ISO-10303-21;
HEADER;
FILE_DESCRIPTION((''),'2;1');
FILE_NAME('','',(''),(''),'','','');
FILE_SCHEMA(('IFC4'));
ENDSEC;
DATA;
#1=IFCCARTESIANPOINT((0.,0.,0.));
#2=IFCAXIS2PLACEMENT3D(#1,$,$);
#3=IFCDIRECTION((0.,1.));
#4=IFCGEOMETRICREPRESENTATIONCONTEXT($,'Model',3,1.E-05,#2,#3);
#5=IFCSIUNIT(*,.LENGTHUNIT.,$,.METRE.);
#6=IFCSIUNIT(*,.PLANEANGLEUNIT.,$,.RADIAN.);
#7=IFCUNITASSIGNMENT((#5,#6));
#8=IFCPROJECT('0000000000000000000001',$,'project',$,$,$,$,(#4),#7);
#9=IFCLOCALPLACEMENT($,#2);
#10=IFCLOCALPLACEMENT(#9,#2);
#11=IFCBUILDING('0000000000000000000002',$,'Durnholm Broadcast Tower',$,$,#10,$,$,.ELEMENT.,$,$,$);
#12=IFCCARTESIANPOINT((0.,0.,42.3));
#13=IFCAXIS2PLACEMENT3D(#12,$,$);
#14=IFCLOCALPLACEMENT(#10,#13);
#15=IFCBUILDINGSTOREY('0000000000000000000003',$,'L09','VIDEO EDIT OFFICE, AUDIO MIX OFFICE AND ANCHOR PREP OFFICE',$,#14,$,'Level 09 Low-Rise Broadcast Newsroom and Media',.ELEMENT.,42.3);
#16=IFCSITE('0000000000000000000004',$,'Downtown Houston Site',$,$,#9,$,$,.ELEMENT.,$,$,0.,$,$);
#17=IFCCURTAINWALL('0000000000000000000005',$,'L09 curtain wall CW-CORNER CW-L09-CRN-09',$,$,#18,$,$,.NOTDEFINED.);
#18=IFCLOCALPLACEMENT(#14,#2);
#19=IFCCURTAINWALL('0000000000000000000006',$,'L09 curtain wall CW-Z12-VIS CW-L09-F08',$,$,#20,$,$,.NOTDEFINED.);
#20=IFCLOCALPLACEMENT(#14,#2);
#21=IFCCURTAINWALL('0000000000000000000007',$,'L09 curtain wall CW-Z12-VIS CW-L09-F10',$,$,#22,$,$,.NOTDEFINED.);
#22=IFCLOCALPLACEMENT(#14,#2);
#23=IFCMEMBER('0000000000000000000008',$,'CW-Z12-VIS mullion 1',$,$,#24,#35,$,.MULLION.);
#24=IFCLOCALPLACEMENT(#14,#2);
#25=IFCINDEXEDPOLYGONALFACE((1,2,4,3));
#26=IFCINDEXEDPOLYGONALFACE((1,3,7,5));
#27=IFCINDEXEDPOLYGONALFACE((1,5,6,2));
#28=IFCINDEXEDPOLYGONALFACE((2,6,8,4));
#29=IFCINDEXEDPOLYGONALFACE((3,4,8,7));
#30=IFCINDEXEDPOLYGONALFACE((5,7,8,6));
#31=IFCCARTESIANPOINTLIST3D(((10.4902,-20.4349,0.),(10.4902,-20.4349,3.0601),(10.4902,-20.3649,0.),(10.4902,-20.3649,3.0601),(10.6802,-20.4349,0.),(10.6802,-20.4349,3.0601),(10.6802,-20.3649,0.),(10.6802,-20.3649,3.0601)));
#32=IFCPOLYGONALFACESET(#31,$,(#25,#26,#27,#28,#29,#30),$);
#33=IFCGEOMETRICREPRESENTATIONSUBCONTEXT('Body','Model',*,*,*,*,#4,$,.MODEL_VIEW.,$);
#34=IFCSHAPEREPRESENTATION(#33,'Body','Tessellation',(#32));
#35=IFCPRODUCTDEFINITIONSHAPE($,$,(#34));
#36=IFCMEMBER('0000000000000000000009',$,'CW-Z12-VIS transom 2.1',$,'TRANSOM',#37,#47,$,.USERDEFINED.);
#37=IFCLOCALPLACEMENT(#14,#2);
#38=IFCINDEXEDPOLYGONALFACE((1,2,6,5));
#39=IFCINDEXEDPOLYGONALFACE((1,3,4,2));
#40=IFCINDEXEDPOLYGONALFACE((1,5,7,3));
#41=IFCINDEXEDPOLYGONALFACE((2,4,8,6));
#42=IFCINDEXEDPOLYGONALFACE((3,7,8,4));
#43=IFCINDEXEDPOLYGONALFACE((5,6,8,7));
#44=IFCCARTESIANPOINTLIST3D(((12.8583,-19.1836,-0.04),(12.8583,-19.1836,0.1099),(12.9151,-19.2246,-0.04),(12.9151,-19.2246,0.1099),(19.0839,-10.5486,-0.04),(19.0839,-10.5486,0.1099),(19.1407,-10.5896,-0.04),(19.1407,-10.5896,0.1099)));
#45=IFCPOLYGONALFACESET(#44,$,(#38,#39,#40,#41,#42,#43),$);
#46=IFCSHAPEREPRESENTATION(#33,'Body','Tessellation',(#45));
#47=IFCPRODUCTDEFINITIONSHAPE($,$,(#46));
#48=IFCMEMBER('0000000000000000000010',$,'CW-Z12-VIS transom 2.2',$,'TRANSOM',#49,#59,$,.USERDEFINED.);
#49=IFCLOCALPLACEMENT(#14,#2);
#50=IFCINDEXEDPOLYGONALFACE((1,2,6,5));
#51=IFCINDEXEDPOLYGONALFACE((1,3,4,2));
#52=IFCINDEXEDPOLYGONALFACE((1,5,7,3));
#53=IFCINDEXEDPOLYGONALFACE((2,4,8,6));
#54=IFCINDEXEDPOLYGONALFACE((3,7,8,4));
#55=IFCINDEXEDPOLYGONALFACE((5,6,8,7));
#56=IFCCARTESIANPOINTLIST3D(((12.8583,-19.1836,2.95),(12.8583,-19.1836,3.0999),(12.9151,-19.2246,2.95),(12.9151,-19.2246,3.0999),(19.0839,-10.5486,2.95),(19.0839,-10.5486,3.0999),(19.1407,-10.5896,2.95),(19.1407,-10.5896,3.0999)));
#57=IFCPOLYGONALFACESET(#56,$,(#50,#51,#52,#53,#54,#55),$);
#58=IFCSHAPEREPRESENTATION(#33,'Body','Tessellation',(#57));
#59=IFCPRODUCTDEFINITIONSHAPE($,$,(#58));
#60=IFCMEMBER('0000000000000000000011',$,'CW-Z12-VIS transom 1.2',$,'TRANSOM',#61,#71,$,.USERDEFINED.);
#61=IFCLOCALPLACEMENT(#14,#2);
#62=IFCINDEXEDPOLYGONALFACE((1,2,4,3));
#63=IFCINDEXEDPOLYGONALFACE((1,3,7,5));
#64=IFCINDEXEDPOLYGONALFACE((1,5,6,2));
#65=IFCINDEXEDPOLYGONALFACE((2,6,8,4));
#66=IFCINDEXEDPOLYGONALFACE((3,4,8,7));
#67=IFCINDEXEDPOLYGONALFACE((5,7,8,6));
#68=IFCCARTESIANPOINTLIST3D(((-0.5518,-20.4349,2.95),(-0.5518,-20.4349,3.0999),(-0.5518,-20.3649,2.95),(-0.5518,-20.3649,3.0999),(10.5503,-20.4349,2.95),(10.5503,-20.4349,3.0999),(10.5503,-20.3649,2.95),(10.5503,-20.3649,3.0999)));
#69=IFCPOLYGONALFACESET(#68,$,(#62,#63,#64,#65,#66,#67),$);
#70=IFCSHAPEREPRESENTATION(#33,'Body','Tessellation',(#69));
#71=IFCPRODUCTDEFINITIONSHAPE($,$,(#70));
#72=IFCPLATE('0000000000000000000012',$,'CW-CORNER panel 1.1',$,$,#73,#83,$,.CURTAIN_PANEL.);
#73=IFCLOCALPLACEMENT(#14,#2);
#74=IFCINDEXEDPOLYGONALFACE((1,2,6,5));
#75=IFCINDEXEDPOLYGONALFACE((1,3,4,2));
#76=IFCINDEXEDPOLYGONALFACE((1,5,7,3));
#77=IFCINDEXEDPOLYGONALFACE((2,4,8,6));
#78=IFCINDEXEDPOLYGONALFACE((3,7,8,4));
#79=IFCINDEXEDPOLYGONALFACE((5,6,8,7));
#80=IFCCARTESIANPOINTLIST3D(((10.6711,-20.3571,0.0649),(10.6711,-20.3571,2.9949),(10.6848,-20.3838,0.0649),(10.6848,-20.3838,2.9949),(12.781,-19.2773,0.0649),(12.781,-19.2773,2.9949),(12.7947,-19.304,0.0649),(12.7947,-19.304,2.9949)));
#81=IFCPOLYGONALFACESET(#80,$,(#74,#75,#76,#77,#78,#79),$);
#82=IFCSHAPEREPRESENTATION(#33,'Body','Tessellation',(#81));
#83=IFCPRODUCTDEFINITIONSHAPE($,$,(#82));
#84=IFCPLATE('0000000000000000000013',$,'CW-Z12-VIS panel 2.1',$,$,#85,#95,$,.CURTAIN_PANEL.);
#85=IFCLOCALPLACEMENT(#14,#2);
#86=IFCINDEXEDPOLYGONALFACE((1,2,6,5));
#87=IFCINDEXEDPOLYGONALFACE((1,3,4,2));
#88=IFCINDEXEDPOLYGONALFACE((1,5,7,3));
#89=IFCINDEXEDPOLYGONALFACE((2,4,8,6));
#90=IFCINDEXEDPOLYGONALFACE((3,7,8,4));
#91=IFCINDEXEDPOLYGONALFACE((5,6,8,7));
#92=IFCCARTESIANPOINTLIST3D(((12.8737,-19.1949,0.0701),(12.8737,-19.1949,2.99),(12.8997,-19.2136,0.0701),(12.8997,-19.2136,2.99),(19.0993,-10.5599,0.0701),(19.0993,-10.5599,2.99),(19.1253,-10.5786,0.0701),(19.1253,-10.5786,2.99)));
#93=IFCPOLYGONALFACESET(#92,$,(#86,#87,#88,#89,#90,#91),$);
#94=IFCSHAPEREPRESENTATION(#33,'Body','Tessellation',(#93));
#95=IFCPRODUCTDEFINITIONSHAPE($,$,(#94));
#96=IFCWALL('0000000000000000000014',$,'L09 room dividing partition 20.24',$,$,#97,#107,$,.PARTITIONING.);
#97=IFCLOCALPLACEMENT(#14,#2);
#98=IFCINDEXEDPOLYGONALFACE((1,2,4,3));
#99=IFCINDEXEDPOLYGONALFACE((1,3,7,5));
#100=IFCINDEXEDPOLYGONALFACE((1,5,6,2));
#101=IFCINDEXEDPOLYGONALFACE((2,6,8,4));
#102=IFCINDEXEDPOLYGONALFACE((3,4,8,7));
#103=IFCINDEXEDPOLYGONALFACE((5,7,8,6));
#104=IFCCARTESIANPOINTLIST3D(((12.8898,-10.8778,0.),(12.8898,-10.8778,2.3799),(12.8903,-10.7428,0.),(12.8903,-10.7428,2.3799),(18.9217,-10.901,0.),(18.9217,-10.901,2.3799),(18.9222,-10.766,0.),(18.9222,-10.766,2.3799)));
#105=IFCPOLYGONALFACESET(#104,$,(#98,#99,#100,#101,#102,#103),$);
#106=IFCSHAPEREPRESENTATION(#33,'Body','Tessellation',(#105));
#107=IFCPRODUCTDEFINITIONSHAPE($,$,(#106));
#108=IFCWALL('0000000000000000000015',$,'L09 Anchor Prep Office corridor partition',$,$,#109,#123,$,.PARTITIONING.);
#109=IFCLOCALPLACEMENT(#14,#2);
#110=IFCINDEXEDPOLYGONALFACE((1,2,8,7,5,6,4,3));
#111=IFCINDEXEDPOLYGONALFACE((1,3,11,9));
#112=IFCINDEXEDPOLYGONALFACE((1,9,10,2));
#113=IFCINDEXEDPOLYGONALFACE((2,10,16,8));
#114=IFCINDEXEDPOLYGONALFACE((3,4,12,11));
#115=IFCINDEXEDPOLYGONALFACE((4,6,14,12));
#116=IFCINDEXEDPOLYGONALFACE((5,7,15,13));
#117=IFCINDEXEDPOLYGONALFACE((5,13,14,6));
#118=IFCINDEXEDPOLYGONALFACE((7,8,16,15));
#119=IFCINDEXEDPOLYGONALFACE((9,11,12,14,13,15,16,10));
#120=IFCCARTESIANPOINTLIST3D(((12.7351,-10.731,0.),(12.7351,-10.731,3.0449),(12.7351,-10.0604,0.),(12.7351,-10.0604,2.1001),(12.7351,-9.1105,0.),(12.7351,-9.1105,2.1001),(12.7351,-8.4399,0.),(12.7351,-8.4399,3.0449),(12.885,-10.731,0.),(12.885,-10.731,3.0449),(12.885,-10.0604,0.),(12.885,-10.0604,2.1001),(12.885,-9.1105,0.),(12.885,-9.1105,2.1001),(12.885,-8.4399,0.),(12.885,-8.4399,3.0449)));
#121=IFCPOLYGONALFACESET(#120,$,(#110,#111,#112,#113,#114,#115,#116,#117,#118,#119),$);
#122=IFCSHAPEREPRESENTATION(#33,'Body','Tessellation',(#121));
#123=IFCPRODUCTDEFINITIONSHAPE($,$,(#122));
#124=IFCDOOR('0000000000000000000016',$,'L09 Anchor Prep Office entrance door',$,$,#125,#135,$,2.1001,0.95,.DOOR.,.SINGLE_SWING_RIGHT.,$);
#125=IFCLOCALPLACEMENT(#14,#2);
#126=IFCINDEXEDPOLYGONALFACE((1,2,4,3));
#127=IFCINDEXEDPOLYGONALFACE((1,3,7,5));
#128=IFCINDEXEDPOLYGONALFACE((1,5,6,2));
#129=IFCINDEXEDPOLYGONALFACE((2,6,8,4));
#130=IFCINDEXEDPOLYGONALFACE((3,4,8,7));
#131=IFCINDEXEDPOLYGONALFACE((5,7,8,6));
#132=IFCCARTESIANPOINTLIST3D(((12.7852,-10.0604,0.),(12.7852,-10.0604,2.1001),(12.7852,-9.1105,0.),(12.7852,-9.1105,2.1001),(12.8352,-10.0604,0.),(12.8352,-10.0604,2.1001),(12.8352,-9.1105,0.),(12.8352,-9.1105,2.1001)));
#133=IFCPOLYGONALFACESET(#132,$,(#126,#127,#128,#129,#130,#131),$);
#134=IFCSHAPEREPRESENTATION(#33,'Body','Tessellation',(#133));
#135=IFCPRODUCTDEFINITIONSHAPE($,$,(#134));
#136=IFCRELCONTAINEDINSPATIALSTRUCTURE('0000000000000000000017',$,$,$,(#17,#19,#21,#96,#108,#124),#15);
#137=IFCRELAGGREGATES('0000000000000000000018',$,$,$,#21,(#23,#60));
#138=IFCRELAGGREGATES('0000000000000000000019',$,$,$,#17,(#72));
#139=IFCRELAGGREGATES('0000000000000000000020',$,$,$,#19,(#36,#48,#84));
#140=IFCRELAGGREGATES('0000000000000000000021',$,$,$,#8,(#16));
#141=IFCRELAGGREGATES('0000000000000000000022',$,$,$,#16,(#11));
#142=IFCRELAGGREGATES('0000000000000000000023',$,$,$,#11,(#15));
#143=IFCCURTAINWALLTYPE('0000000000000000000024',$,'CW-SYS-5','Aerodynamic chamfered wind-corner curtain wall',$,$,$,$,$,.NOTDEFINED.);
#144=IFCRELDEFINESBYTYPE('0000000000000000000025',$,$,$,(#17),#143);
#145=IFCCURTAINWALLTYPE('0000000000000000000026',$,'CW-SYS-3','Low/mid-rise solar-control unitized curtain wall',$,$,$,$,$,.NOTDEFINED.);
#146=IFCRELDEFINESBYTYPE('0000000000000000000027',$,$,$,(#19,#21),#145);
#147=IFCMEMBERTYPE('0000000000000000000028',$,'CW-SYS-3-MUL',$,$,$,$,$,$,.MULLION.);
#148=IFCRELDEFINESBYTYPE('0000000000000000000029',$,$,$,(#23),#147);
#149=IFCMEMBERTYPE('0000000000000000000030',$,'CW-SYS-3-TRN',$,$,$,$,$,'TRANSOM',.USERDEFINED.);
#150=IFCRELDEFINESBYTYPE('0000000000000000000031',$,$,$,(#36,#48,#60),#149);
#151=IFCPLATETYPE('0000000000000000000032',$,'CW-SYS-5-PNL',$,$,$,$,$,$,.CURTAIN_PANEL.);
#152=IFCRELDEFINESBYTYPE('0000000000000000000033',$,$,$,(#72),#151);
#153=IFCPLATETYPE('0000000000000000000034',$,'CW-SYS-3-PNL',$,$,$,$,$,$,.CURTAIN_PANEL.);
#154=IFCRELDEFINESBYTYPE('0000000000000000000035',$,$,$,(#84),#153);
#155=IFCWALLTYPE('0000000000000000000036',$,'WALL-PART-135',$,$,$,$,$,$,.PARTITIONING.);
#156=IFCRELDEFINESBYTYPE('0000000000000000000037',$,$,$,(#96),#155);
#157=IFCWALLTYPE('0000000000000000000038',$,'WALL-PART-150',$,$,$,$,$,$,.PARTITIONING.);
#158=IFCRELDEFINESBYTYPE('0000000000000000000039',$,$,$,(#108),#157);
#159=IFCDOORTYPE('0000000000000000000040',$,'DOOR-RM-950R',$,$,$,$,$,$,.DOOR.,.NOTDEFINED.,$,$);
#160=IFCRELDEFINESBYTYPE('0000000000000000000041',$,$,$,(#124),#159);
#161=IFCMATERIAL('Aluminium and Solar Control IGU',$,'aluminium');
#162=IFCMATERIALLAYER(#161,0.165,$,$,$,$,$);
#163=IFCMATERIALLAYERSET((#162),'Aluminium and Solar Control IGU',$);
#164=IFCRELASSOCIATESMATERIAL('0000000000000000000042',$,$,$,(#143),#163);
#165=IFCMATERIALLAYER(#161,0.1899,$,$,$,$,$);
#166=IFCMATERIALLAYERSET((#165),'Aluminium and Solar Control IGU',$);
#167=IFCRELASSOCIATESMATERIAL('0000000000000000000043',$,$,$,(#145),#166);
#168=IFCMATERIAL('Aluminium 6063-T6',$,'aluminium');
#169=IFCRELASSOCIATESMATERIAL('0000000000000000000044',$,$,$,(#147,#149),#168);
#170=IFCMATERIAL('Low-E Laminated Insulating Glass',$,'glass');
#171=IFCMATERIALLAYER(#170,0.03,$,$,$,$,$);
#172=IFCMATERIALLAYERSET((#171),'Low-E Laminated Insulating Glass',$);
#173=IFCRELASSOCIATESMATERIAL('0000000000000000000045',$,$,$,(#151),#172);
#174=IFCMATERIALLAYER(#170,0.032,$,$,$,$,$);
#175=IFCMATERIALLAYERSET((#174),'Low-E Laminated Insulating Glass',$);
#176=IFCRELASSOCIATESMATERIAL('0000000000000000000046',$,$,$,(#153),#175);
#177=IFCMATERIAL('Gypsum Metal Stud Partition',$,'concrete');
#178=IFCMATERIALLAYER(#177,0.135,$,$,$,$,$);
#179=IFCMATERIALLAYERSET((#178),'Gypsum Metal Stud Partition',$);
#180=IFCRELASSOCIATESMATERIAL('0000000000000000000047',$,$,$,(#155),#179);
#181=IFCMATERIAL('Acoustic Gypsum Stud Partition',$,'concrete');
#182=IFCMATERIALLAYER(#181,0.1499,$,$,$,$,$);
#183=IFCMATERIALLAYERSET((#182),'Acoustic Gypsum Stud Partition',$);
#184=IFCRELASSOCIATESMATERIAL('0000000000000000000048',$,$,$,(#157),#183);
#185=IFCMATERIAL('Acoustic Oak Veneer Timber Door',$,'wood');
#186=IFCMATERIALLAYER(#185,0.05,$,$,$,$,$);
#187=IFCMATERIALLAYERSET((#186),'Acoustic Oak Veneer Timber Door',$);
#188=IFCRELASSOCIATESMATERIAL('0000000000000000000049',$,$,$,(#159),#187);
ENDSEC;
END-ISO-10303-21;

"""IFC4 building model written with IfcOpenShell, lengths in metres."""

from ifc_helpers import new_model, si_unit, direction, frame, frame_2d, origin, origin_2d, place, context, subcontext, project, spatial, rectangle, extrude, source, transform, mapped, material, layer, layer_set, material_profile, profile_set, type_object, type_shapes, element, fill, aggregate, save


model = new_model("IFC4")

# Units and contexts
model_context = context("Model", 3, precision=1e-05, world=origin(), true_north=direction((0.0, 1.0)))
body_context = subcontext(model_context, "Body", "Model", "MODEL_VIEW")
ifc_project = project(units=[si_unit("LENGTHUNIT", "METRE"), si_unit("PLANEANGLEUNIT", "RADIAN")], contexts=[model_context])

# Site, building, storey
site_placement = place(None, origin())
site = spatial("IfcSite", under=ifc_project, at=site_placement, Name="Downtown Houston Site", CompositionType="ELEMENT", RefElevation=0.0)
building_placement = place(site_placement, origin())
building = spatial("IfcBuilding", under=site, at=building_placement, Name="Durnholm Broadcast Tower", CompositionType="ELEMENT")
storey_placement = place(building_placement, frame((0.0, 0.0, 42.3)))
storey = spatial("IfcBuildingStorey", under=building, at=storey_placement, Name="L09", Description="VIDEO EDIT OFFICE, AUDIO MIX OFFICE AND ANCHOR PREP OFFICE", LongName="Level 09 Low-Rise Broadcast Newsroom and Media", CompositionType="ELEMENT", Elevation=42.3)

# Curtain walls
ifc_material_1 = material(Name="Aluminium and Solar Control IGU", Category="aluminium")
ifc_layer_1 = layer(ifc_material_1, 0.165)
ifc_layer_set_1 = layer_set([ifc_layer_1], Name="Aluminium and Solar Control IGU")
curtain_wall_type_1 = type_object("IfcCurtainWallType", Name="CW-SYS-5", Description="Aerodynamic chamfered wind-corner curtain wall", PredefinedType="NOTDEFINED", material=ifc_layer_set_1)
curtain_wall_1_placement = place(storey_placement, origin())
curtain_wall_1 = element("IfcCurtainWall", 1, at=curtain_wall_1_placement, inside=storey, type_object=curtain_wall_type_1, Name="L09 curtain wall CW-CORNER CW-L09-CRN-09", PredefinedType="NOTDEFINED")
ifc_material_2 = material(Name="Aluminium 6063-T6", Category="aluminium")
ifc_layer_2 = layer(ifc_material_1, 0.1899)
ifc_layer_set_2 = layer_set([ifc_layer_2], Name="Aluminium and Solar Control IGU")
curtain_wall_type_2 = type_object("IfcCurtainWallType", Name="CW-SYS-3", Description="Low/mid-rise solar-control unitized curtain wall", PredefinedType="NOTDEFINED", material=ifc_layer_set_2)
curtain_wall_2_placement = place(storey_placement, origin())
curtain_wall_2 = element("IfcCurtainWall", 2, at=curtain_wall_2_placement, inside=storey, type_object=curtain_wall_type_2, Name="L09 curtain wall CW-Z12-VIS CW-L09-F08", PredefinedType="NOTDEFINED")
ifc_material_profile_1 = material_profile(ifc_material_2, rectangle(XDim=0.0701, YDim=0.1899, at=origin_2d()), Name="CWM70X190")
ifc_profile_set_1 = profile_set([ifc_material_profile_1], Name="Aluminium 6063-T6")
member_type_1 = type_object("IfcMemberType", Name="CW-SYS-3-MUL", PredefinedType="MULLION", material=ifc_profile_set_1)
shared_shape_1 = source(origin(), body_context, "Body", "SweptSolid", [
    extrude(rectangle(XDim=0.0701, YDim=0.1899, at=origin_2d()), origin(), (0.0, 0.0, 1.0), 3.0601),
])
type_shapes(member_type_1, [shared_shape_1])

# Curtain wall, member
curtain_wall_3_placement = place(storey_placement, origin())
curtain_wall_3 = element("IfcCurtainWall", 3, at=curtain_wall_3_placement, inside=storey, type_object=curtain_wall_type_2, Name="L09 curtain wall CW-Z12-VIS CW-L09-F10", PredefinedType="NOTDEFINED")
member_1_placement = place(storey_placement, frame((10.5852, -20.3999, 0.0), z_axis=(0.0, 0.0, 1.0), x_axis=(0.0, -1.0, 0.0)))
member_1 = element("IfcMember", 4, at=member_1_placement, type_object=member_type_1, Name="CW-Z12-VIS mullion 1", PredefinedType="MULLION", context=body_context, shape_type="MappedRepresentation", body=[
    mapped(shared_shape_1, transform((0.0, 0.0, 0.0), x_axis=(1.0, 0.0, 0.0), y_axis=(0.0, 1.0, 0.0), z_axis=(0.0, 0.0, 1.0), scale=1.0)),
])

# Members
ifc_material_profile_2 = material_profile(ifc_material_2, rectangle(XDim=0.0701, YDim=0.1499, at=origin_2d()), Name="CWT70X150")
ifc_profile_set_2 = profile_set([ifc_material_profile_2], Name="Aluminium 6063-T6")
member_type_2 = type_object("IfcMemberType", Name="CW-SYS-3-TRN", ElementType="TRANSOM", PredefinedType="USERDEFINED", material=ifc_profile_set_2)
shared_shape_2 = source(origin(), body_context, "Body", "SweptSolid", [
    extrude(rectangle(XDim=0.0701, YDim=0.1499, at=origin_2d()), origin(), (0.0, 0.0, 1.0), 10.6453),
])
member_2_placement = place(storey_placement, frame((19.1123, -10.5691, 0.0349), z_axis=(-0.584823, -0.811161, 0.0), x_axis=(0.811161, -0.584823, 0.0)))
member_2 = element("IfcMember", 5, at=member_2_placement, type_object=member_type_2, Name="CW-Z12-VIS transom 2.1", ObjectType="TRANSOM", PredefinedType="USERDEFINED", context=body_context, shape_type="MappedRepresentation", body=[
    mapped(shared_shape_2, transform((0.0, 0.0, 0.0), x_axis=(1.0, 0.0, 0.0), y_axis=(0.0, 1.0, 0.0), z_axis=(0.0, 0.0, 1.0), scale=1.0)),
])
member_3_placement = place(storey_placement, frame((19.1123, -10.5691, 3.0249), z_axis=(-0.584823, -0.811161, 0.0), x_axis=(0.811161, -0.584823, 0.0)))
member_3 = element("IfcMember", 6, at=member_3_placement, type_object=member_type_2, Name="CW-Z12-VIS transom 2.2", ObjectType="TRANSOM", PredefinedType="USERDEFINED", context=body_context, shape_type="MappedRepresentation", body=[
    mapped(shared_shape_2, transform((0.0, 0.0, 0.0), x_axis=(1.0, 0.0, 0.0), y_axis=(0.0, 1.0, 0.0), z_axis=(0.0, 0.0, 1.0), scale=1.0)),
])
shared_shape_3 = source(origin(), body_context, "Body", "SweptSolid", [
    extrude(rectangle(XDim=0.0701, YDim=0.1499, at=origin_2d()), origin(), (0.0, 0.0, 1.0), 11.1021),
])
type_shapes(member_type_2, [shared_shape_2, shared_shape_3])
member_4_placement = place(storey_placement, frame((10.5503, -20.3999, 3.0249), z_axis=(-1.0, 0.0, 0.0), x_axis=(0.0, -1.0, 0.0)))
member_4 = element("IfcMember", 7, at=member_4_placement, type_object=member_type_2, Name="CW-Z12-VIS transom 1.2", ObjectType="TRANSOM", PredefinedType="USERDEFINED", context=body_context, shape_type="MappedRepresentation", body=[
    mapped(shared_shape_3, transform((0.0, 0.0, 0.0), x_axis=(1.0, 0.0, 0.0), y_axis=(0.0, 1.0, 0.0), z_axis=(0.0, 0.0, 1.0), scale=1.0)),
])
aggregate(curtain_wall_3, [member_1, member_4])

# Plates
ifc_material_3 = material(Name="Low-E Laminated Insulating Glass", Category="glass")
ifc_layer_3 = layer(ifc_material_3, 0.03)
ifc_layer_set_3 = layer_set([ifc_layer_3], Name="Low-E Laminated Insulating Glass")
plate_type_1 = type_object("IfcPlateType", Name="CW-SYS-5-PNL", PredefinedType="CURTAIN_PANEL", material=ifc_layer_set_3)
shared_shape_4 = source(origin(), body_context, "Body", "SweptSolid", [
    extrude(rectangle(XDim=2.3701, YDim=0.03, at=origin_2d()), origin(), (0.0, 0.0, 1.0), 2.9299),
])
type_shapes(plate_type_1, [shared_shape_4])
plate_1_placement = place(storey_placement, frame((11.7329, -19.8306, 0.0649), z_axis=(0.0, 0.0, 1.0), x_axis=(-0.890188, -0.455594, 0.0)))
plate_1 = element("IfcPlate", 8, at=plate_1_placement, type_object=plate_type_1, Name="CW-CORNER panel 1.1", PredefinedType="CURTAIN_PANEL", context=body_context, shape_type="MappedRepresentation", body=[
    mapped(shared_shape_4, transform((0.0, 0.0, 0.0), x_axis=(1.0, 0.0, 0.0), y_axis=(0.0, 1.0, 0.0), z_axis=(0.0, 0.0, 1.0), scale=1.0)),
])
aggregate(curtain_wall_1, [plate_1])
ifc_layer_4 = layer(ifc_material_3, 0.032)
ifc_layer_set_4 = layer_set([ifc_layer_4], Name="Low-E Laminated Insulating Glass")
plate_type_2 = type_object("IfcPlateType", Name="CW-SYS-3-PNL", PredefinedType="CURTAIN_PANEL", material=ifc_layer_set_4)
shared_shape_5 = source(origin(), body_context, "Body", "SweptSolid", [
    extrude(rectangle(XDim=10.6453, YDim=0.032, at=origin_2d()), origin(), (0.0, 0.0, 1.0), 2.9199),
])
type_shapes(plate_type_2, [shared_shape_5])
plate_2_placement = place(storey_placement, frame((15.9995, -14.8867, 0.0701), z_axis=(0.0, 0.0, 1.0), x_axis=(-0.584823, -0.811161, 0.0)))
plate_2 = element("IfcPlate", 9, at=plate_2_placement, type_object=plate_type_2, Name="CW-Z12-VIS panel 2.1", PredefinedType="CURTAIN_PANEL", context=body_context, shape_type="MappedRepresentation", body=[
    mapped(shared_shape_5, transform((0.0, 0.0, 0.0), x_axis=(1.0, 0.0, 0.0), y_axis=(0.0, 1.0, 0.0), z_axis=(0.0, 0.0, 1.0), scale=1.0)),
])
aggregate(curtain_wall_2, [member_2, member_3, plate_2])

# Wall
ifc_material_4 = material(Name="Gypsum Metal Stud Partition", Category="concrete")
ifc_layer_5 = layer(ifc_material_4, 0.135)
ifc_layer_set_5 = layer_set([ifc_layer_5], Name="Gypsum Metal Stud Partition")
wall_type_1 = type_object("IfcWallType", Name="WALL-PART-135", PredefinedType="PARTITIONING", material=ifc_layer_set_5)
wall_1_placement = place(storey_placement, frame((12.8899, -10.8103, 0.0), z_axis=(0.0, 0.0, 1.0), x_axis=(0.999993, -0.003845, 0.0)))
element("IfcWall", 10, at=wall_1_placement, inside=storey, type_object=wall_type_1, Name="L09 room dividing partition 20.24", PredefinedType="PARTITIONING", context=body_context, shape_type="SweptSolid", body=[
    extrude(rectangle(XDim=6.032, YDim=0.135, at=frame_2d((3.0161, 0.0))), origin(), (0.0, 0.0, 1.0), 2.3799),
])

# Wall, opening, door
ifc_material_5 = material(Name="Acoustic Gypsum Stud Partition", Category="concrete")
ifc_layer_6 = layer(ifc_material_5, 0.1499)
ifc_layer_set_6 = layer_set([ifc_layer_6], Name="Acoustic Gypsum Stud Partition")
wall_type_2 = type_object("IfcWallType", Name="WALL-PART-150", PredefinedType="PARTITIONING", material=ifc_layer_set_6)
wall_2_placement = place(storey_placement, frame((12.8101, -10.731, 0.0), z_axis=(0.0, 0.0, 1.0), x_axis=(0.0, 1.0, 0.0)))
wall_2 = element("IfcWall", 11, at=wall_2_placement, inside=storey, type_object=wall_type_2, Name="L09 Anchor Prep Office corridor partition", PredefinedType="PARTITIONING", context=body_context, shape_type="SweptSolid", body=[
    extrude(rectangle(XDim=2.291, YDim=0.1499, at=frame_2d((1.1455, 0.0))), origin(), (0.0, 0.0, 1.0), 3.0449),
])
opening_placement = place(wall_2_placement, frame((0.6704, 0.0, 0.0)))
opening = element("IfcOpeningElement", 12, at=opening_placement, cuts=wall_2, PredefinedType="OPENING", context=body_context, shape_type="SweptSolid", body=[
    extrude(rectangle(XDim=0.95, YDim=2.1001, at=frame_2d((0.4751, 1.05))), frame((0.0, 0.085, 0.0), z_axis=(0.0, -1.0, 0.0), x_axis=(1.0, 0.0, 0.0)), (0.0, 0.0, 1.0), 0.1699),
])
ifc_material_6 = material(Name="Acoustic Oak Veneer Timber Door", Category="wood")
ifc_layer_7 = layer(ifc_material_6, 0.05)
ifc_layer_set_7 = layer_set([ifc_layer_7], Name="Acoustic Oak Veneer Timber Door")
door_type = type_object("IfcDoorType", Name="DOOR-RM-950R", OperationType="NOTDEFINED", PredefinedType="DOOR", material=ifc_layer_set_7)
shared_shape_6 = source(origin(), body_context, "Body", "SweptSolid", [
    extrude(rectangle(XDim=0.95, YDim=2.1001, at=frame_2d((0.4751, 1.05))), frame((0.0, 0.0249, 0.0), z_axis=(0.0, -1.0, 0.0), x_axis=(1.0, 0.0, 0.0)), (0.0, 0.0, 1.0), 0.05),
])
type_shapes(door_type, [shared_shape_6])
door_placement = place(opening_placement, origin())
door = element("IfcDoor", 13, at=door_placement, inside=storey, type_object=door_type, Name="L09 Anchor Prep Office entrance door", OperationType="SINGLE_SWING_RIGHT", OverallHeight=2.1001, OverallWidth=0.95, PredefinedType="DOOR", context=body_context, shape_type="MappedRepresentation", body=[
    mapped(shared_shape_6, transform((0.0, 0.0, 0.0), x_axis=(1.0, 0.0, 0.0), y_axis=(0.0, 1.0, 0.0), z_axis=(0.0, 0.0, 1.0), scale=1.0)),
])
fill(opening, door)

save(model, "model.ifc")
